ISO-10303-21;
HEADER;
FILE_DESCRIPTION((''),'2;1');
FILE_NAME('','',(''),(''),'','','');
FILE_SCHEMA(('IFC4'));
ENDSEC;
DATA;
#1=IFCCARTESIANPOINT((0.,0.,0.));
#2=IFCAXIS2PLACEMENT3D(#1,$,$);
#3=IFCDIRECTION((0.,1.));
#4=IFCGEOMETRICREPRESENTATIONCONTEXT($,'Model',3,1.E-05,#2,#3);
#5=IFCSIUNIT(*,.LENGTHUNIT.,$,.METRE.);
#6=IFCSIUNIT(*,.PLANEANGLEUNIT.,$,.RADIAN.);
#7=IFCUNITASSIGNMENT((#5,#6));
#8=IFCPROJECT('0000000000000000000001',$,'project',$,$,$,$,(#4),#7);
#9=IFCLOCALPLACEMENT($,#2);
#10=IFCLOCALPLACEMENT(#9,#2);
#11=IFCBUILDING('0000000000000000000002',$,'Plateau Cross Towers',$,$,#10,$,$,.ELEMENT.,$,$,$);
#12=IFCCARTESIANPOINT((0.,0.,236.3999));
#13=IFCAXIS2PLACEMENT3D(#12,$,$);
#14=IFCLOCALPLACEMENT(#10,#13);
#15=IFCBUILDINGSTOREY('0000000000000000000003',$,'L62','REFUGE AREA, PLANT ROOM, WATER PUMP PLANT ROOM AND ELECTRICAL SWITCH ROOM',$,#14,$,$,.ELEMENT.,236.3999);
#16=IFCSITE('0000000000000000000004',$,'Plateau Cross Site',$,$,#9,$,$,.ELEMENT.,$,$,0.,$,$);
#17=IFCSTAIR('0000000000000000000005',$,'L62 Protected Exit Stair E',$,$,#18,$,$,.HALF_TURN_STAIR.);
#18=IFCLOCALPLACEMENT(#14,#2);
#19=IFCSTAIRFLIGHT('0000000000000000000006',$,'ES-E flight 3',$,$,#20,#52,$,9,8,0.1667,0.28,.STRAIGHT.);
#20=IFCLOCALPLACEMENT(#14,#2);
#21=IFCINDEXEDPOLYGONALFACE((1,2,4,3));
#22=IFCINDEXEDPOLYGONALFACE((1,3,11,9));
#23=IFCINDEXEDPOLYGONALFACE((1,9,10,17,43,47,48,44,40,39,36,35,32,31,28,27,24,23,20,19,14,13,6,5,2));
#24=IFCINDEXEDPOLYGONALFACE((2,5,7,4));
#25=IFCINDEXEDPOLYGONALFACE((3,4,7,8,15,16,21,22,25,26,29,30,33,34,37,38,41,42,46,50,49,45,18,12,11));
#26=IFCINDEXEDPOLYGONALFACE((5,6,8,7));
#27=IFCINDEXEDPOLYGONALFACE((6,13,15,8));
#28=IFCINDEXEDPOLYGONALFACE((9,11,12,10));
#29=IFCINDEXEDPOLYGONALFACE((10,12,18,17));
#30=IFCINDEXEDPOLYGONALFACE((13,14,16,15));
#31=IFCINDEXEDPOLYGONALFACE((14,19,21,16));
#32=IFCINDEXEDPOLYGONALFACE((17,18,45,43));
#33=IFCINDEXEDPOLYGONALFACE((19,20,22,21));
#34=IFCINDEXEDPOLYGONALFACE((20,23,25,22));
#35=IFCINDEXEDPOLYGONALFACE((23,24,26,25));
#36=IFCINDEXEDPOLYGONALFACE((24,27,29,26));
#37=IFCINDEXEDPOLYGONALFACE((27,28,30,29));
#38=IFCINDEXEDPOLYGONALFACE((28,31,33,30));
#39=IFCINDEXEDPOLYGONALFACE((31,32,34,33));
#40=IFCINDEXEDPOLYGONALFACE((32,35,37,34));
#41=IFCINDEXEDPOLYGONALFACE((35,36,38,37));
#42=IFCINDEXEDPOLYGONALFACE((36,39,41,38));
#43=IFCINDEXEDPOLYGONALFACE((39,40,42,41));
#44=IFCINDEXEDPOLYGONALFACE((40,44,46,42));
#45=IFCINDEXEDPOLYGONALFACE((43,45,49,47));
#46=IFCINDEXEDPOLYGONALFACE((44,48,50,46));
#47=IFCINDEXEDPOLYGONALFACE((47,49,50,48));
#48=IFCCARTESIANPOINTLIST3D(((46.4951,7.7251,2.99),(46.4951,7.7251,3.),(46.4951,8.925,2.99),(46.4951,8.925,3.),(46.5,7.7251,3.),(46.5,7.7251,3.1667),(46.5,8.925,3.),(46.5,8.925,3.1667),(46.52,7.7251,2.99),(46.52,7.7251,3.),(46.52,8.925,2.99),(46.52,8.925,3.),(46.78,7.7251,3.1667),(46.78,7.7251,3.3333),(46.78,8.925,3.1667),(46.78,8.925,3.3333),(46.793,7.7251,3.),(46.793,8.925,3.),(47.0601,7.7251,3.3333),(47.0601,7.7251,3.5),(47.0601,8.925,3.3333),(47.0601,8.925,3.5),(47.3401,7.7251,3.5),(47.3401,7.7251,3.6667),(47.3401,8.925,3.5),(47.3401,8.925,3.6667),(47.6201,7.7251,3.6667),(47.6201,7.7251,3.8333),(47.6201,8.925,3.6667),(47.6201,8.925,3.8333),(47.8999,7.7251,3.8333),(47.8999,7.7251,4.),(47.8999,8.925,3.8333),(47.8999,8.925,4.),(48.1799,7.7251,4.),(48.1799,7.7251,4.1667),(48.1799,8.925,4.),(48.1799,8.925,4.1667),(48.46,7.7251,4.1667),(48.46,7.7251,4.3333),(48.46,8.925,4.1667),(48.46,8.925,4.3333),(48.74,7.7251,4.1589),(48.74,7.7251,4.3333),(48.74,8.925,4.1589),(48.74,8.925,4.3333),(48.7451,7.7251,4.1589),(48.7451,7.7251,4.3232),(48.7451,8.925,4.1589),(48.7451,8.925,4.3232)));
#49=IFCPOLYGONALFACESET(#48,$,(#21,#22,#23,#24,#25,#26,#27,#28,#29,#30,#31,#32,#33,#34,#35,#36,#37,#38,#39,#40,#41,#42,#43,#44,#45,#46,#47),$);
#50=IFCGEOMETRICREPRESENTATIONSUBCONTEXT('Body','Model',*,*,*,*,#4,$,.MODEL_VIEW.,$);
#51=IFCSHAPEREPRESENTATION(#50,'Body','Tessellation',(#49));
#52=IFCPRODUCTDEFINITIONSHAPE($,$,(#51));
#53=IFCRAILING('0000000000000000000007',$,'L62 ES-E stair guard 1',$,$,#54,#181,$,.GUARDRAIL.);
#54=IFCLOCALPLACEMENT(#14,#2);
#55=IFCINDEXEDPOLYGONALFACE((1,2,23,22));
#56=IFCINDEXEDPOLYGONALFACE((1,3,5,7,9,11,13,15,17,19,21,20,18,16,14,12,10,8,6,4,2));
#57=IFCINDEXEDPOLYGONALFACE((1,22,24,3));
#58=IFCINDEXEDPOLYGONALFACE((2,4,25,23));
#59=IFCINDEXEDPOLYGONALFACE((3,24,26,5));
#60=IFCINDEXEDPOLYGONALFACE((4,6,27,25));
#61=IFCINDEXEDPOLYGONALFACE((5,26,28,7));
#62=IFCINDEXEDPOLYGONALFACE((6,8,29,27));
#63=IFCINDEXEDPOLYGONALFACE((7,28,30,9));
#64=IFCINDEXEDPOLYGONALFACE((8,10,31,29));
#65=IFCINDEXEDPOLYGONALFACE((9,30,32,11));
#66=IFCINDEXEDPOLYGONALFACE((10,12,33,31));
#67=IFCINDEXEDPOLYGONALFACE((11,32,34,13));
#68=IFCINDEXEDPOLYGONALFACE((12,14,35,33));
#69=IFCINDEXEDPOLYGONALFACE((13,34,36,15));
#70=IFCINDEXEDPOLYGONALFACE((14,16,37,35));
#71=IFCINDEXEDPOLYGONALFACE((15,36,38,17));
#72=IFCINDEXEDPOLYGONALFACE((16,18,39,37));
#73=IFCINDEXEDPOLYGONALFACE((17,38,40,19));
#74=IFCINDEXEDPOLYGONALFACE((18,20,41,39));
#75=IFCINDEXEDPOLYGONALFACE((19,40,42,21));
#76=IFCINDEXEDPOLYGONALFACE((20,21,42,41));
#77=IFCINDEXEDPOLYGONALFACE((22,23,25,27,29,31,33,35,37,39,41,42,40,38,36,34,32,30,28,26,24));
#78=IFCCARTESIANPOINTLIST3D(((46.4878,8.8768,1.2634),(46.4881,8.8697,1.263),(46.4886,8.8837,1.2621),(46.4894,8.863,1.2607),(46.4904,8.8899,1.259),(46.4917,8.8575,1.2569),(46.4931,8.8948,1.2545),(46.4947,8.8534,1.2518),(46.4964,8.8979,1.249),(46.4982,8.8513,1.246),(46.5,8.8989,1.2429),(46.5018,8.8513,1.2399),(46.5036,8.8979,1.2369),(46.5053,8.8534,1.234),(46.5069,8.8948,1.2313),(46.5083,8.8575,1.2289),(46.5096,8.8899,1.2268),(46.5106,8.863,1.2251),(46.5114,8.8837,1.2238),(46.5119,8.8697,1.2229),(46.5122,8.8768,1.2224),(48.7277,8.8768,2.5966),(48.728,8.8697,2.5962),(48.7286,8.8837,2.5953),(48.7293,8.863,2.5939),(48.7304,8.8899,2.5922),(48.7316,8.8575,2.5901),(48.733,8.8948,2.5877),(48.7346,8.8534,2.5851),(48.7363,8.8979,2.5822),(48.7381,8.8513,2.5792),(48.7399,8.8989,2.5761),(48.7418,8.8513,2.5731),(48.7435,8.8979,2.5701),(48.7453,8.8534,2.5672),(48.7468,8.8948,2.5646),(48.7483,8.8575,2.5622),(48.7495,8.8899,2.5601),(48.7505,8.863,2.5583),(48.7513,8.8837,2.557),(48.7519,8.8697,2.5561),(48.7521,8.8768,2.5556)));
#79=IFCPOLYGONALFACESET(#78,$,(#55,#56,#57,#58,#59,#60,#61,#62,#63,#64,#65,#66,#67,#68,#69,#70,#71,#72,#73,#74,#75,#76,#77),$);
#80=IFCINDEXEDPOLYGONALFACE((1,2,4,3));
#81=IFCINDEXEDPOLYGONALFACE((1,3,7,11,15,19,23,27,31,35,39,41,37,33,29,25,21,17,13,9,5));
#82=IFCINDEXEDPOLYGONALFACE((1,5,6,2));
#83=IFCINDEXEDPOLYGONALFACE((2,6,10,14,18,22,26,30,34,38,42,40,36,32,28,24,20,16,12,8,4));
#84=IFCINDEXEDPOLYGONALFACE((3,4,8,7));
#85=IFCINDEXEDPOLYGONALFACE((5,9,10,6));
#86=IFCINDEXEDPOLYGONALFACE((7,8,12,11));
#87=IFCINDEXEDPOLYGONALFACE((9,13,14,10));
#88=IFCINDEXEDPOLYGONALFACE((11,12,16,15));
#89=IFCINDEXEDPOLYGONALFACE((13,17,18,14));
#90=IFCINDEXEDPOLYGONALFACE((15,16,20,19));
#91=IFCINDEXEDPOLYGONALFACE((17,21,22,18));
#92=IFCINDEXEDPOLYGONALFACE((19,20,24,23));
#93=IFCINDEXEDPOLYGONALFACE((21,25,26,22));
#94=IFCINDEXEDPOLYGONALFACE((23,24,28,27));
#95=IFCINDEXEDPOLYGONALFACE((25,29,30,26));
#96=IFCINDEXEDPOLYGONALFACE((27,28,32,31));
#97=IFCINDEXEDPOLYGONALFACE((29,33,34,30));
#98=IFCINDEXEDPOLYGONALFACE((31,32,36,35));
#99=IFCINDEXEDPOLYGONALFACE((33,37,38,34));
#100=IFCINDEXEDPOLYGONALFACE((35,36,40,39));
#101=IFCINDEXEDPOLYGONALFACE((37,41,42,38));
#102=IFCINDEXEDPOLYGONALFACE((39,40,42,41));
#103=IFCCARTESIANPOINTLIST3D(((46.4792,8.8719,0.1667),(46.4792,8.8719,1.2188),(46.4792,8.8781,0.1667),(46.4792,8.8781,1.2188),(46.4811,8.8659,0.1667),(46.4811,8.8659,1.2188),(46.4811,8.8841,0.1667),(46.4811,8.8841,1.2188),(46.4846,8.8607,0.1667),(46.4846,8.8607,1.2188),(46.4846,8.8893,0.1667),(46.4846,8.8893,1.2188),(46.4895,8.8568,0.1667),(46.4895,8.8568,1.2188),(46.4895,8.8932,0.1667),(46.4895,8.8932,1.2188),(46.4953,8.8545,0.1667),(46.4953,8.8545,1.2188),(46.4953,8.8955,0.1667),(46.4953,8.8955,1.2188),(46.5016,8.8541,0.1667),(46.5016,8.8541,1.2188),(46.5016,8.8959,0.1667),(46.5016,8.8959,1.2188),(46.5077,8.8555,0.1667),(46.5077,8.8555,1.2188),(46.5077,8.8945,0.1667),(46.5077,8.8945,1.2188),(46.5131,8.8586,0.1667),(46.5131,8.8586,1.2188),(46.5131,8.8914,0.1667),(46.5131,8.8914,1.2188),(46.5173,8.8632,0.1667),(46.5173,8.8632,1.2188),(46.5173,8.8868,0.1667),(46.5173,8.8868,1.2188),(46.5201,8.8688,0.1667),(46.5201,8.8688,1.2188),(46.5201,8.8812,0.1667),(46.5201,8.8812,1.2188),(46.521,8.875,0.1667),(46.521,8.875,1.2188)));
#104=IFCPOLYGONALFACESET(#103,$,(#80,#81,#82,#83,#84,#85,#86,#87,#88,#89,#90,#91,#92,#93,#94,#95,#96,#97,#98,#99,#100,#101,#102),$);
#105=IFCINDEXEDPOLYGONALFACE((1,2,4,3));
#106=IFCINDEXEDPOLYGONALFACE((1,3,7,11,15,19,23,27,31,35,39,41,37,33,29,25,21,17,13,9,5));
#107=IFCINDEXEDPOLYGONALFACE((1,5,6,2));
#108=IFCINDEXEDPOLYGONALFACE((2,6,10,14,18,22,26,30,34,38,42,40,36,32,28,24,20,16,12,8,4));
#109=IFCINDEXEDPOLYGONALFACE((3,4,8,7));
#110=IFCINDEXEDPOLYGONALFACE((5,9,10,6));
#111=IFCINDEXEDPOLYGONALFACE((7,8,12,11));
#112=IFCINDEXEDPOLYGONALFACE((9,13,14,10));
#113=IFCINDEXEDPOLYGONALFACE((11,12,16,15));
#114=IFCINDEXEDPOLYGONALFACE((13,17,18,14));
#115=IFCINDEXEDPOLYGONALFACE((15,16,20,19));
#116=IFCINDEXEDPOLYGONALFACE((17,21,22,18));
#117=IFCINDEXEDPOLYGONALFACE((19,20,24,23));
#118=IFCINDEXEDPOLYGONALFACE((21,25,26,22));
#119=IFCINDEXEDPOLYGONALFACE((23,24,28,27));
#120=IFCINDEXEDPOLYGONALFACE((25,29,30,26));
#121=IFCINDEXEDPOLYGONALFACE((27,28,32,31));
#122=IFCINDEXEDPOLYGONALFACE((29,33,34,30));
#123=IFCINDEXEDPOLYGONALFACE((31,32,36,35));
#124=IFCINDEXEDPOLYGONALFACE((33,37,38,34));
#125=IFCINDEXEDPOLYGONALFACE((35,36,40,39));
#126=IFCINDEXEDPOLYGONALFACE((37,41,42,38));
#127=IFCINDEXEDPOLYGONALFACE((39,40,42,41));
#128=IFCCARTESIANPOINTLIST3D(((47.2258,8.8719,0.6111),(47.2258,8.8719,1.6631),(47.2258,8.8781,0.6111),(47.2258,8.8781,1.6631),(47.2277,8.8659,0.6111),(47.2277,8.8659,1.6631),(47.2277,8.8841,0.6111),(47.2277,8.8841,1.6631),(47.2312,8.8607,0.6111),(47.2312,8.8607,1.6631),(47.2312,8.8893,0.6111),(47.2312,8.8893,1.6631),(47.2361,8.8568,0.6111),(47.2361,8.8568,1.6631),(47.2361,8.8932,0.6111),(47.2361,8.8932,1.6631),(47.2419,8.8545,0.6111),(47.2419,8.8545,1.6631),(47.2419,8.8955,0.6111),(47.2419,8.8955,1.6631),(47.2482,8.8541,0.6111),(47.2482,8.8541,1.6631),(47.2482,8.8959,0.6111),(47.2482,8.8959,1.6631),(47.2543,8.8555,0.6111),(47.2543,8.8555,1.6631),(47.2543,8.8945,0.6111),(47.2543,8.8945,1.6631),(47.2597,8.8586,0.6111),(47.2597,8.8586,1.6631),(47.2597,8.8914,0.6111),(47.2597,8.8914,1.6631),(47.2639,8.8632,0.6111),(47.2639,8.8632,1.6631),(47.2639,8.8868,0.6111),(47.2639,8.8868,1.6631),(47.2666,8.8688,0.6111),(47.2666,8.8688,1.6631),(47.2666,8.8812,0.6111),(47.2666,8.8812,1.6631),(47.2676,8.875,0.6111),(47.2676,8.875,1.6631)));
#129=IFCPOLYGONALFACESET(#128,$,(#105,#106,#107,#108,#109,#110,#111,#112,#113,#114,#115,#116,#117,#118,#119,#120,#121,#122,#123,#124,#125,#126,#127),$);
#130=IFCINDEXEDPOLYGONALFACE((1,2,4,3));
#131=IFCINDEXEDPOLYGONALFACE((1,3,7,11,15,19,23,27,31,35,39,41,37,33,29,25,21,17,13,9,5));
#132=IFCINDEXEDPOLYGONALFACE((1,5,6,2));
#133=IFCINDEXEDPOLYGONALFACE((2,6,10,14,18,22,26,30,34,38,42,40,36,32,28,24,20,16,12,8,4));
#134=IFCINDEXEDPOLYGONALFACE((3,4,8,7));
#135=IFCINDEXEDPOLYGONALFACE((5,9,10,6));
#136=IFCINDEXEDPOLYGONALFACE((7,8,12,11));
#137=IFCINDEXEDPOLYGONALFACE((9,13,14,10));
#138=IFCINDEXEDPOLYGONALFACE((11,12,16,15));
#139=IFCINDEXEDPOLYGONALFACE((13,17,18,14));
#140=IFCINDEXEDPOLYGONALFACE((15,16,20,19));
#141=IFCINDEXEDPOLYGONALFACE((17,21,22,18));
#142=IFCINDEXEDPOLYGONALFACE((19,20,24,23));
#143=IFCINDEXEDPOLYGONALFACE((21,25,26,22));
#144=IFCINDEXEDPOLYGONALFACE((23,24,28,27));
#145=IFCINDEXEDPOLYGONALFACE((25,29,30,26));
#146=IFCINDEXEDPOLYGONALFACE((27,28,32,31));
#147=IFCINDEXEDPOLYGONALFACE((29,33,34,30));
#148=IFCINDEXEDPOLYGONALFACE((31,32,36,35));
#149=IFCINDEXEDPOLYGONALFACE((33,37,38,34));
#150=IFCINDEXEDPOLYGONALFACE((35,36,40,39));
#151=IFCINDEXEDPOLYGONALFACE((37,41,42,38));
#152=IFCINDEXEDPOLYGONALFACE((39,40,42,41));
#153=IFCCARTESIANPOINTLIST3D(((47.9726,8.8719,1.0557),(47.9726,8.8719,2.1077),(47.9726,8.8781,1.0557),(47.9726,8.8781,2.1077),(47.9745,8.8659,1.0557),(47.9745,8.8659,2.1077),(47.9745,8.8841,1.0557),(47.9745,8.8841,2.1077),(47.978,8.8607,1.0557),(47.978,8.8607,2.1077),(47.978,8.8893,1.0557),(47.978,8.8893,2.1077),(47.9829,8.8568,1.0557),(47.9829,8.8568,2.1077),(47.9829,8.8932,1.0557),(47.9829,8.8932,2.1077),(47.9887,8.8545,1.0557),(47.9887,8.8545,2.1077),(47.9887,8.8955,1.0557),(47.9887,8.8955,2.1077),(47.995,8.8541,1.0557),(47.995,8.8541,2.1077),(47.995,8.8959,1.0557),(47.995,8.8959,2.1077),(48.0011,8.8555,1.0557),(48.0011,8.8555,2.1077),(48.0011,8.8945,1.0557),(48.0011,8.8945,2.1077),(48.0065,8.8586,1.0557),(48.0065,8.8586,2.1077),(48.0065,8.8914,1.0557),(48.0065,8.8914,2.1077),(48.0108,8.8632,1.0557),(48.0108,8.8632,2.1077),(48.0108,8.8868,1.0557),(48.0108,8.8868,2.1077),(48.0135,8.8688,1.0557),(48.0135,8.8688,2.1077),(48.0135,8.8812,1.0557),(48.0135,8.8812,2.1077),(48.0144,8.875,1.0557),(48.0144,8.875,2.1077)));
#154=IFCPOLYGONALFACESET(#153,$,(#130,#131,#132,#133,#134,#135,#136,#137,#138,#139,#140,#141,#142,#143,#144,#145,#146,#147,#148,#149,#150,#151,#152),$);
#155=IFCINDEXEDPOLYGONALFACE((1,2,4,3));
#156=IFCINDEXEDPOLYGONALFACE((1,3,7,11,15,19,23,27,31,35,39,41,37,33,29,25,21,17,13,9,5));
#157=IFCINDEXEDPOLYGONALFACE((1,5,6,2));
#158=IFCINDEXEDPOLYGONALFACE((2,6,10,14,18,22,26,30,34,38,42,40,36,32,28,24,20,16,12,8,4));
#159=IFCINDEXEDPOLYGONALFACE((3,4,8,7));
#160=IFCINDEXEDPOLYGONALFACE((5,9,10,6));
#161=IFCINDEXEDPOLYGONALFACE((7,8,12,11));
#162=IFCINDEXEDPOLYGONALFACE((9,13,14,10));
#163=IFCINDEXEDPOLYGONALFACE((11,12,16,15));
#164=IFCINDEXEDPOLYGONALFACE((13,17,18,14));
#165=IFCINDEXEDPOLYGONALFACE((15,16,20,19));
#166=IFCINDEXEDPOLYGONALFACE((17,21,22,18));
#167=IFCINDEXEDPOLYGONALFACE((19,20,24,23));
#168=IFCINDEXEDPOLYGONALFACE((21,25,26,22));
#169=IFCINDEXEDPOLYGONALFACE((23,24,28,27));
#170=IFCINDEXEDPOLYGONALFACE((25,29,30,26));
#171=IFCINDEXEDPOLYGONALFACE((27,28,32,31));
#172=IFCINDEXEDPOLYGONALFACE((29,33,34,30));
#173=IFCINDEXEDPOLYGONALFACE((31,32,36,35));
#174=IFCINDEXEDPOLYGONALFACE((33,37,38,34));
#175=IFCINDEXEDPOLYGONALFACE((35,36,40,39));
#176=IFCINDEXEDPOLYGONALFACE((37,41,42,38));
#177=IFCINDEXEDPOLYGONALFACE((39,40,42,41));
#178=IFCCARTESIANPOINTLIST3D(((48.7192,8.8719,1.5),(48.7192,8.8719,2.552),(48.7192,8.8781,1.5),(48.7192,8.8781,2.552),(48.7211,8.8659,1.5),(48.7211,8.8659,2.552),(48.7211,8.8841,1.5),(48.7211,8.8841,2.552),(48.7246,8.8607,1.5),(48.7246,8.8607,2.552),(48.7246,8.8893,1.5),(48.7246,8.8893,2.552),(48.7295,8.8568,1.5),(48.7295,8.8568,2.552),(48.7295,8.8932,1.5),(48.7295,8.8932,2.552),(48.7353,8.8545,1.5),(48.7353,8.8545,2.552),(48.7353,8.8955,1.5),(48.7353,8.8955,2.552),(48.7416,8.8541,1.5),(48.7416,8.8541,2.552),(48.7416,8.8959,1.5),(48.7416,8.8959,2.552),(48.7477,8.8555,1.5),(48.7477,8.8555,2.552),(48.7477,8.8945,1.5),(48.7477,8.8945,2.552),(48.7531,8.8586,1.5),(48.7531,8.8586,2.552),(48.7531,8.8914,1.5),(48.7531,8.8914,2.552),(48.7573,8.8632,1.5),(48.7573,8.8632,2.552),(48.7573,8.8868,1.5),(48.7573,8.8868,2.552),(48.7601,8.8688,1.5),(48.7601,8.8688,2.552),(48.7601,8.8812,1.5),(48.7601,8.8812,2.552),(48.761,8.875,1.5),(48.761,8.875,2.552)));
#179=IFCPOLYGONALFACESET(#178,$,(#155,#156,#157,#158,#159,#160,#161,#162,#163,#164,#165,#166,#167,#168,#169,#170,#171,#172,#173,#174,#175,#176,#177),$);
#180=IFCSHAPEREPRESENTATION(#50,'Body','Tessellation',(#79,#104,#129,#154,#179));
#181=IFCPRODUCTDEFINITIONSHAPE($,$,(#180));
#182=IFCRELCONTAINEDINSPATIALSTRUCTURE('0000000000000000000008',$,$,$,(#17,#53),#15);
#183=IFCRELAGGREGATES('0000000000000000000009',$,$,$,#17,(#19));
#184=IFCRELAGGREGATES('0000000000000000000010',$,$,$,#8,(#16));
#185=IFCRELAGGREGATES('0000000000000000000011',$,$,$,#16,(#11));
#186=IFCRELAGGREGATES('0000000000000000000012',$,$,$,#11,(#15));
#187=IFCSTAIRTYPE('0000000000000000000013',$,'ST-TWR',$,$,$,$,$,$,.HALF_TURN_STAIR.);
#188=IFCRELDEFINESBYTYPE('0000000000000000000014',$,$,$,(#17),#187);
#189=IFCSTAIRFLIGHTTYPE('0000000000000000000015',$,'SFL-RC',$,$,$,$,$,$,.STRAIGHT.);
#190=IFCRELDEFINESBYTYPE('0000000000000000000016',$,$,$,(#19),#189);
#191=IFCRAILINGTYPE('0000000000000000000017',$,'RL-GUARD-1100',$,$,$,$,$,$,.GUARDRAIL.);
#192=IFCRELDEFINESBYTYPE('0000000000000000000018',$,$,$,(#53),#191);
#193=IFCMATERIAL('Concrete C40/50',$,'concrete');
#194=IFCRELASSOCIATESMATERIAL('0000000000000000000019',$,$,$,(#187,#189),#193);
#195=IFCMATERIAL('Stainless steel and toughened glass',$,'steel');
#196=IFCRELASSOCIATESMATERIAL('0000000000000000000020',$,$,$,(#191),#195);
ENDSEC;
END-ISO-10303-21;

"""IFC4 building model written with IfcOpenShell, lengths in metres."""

from ifc_helpers import new_model, si_unit, direction, frame, origin, origin_2d, place, context, subcontext, project, spatial, polyline, circle, outline, extrude, material, type_object, element, aggregate, save


model = new_model("IFC4")

# Units and contexts
model_context = context("Model", 3, precision=1e-05, world=origin(), true_north=direction((0.0, 1.0)))
body_context = subcontext(model_context, "Body", "Model", "MODEL_VIEW")
ifc_project = project(units=[si_unit("LENGTHUNIT", "METRE"), si_unit("PLANEANGLEUNIT", "RADIAN")], contexts=[model_context])

# Site, building, storey
site_placement = place(None, origin())
site = spatial("IfcSite", under=ifc_project, at=site_placement, Name="Plateau Cross Site", CompositionType="ELEMENT", RefElevation=0.0)
building_placement = place(site_placement, origin())
building = spatial("IfcBuilding", under=site, at=building_placement, Name="Plateau Cross Towers", CompositionType="ELEMENT")
storey_placement = place(building_placement, frame((0.0, 0.0, 236.3999)))
storey = spatial("IfcBuildingStorey", under=building, at=storey_placement, Name="L62", Description="REFUGE AREA, PLANT ROOM, WATER PUMP PLANT ROOM AND ELECTRICAL SWITCH ROOM", CompositionType="ELEMENT", Elevation=236.3999)

# Stair, stair flight
ifc_material_1 = material(Name="Concrete C40/50", Category="concrete")
stair_type = type_object("IfcStairType", Name="ST-TWR", PredefinedType="HALF_TURN_STAIR", material=ifc_material_1)
stair_placement = place(storey_placement, origin())
stair = element("IfcStair", 1, at=stair_placement, inside=storey, type_object=stair_type, Name="L62 Protected Exit Stair E", PredefinedType="HALF_TURN_STAIR")
stair_flight_type = type_object("IfcStairFlightType", Name="SFL-RC", PredefinedType="STRAIGHT", material=ifc_material_1)
stair_flight_1_placement = place(storey_placement, frame((46.5, 8.325, 3.0), z_axis=(0.0, 0.0, 1.0), x_axis=(1.0, 0.0, 0.0)))
stair_flight_1 = element("IfcStairFlight", 2, at=stair_flight_1_placement, type_object=stair_flight_type, Name="ES-E flight 3", NumberOfRisers=9, NumberOfTreads=8, PredefinedType="STRAIGHT", RiserHeight=0.1667, TreadLength=0.28, context=body_context, shape_type="SweptSolid", body=[
    extrude(outline(polyline([(-0.0049, -0.01), (-0.0049, 0.0), (0.0, 0.0), (0.0, 0.1667), (0.28, 0.1667), (0.28, 0.3333), (0.5601, 0.3333), (0.5601, 0.5), (0.8401, 0.5), (0.8401, 0.6667), (1.1201, 0.6667), (1.1201, 0.8333), (1.3999, 0.8333), (1.3999, 1.0), (1.6799, 1.0), (1.6799, 1.1667), (1.96, 1.1667), (1.96, 1.3333), (2.24, 1.3333), (2.2451, 1.3232), (2.2451, 1.1589), (2.24, 1.1589), (0.293, 0.0), (0.02, 0.0), (0.02, -0.01), (-0.0049, -0.01)])), frame((0.0, 0.6001, 0.0), z_axis=(0.0, -1.0, 0.0), x_axis=(1.0, 0.0, 0.0)), (0.0, 0.0, 1.0), 1.2),
])
aggregate(stair, [stair_flight_1])

# Railing
ifc_material_2 = material(Name="Stainless steel and toughened glass", Category="steel")
railing_type_1 = type_object("IfcRailingType", Name="RL-GUARD-1100", PredefinedType="GUARDRAIL", material=ifc_material_2)
railing_1_placement = place(storey_placement, frame((46.5, 8.875, 0.1667)))
element("IfcRailing", 3, at=railing_1_placement, inside=storey, type_object=railing_type_1, Name="L62 ES-E stair guard 1", PredefinedType="GUARDRAIL", context=body_context, shape_type="SweptSolid", body=[
    extrude(circle(Radius=0.0239, at=origin_2d()), frame((0.0, 0.0, 1.0762), z_axis=(0.859306, 0.0, 0.511462), x_axis=(0.0, 1.0, 0.0)), (0.0, 0.0, 1.0), 2.6067),
    extrude(circle(Radius=0.021, at=origin_2d()), origin(), (0.0, 0.0, 1.0), 1.052),
    extrude(circle(Radius=0.021, at=origin_2d()), frame((0.7466, 0.0, 0.4443)), (0.0, 0.0, 1.0), 1.052),
    extrude(circle(Radius=0.021, at=origin_2d()), frame((1.4934, 0.0, 0.8889)), (0.0, 0.0, 1.0), 1.052),
    extrude(circle(Radius=0.021, at=origin_2d()), frame((2.24, 0.0, 1.3333)), (0.0, 0.0, 1.0), 1.052),
])

save(model, "model.ifc")
